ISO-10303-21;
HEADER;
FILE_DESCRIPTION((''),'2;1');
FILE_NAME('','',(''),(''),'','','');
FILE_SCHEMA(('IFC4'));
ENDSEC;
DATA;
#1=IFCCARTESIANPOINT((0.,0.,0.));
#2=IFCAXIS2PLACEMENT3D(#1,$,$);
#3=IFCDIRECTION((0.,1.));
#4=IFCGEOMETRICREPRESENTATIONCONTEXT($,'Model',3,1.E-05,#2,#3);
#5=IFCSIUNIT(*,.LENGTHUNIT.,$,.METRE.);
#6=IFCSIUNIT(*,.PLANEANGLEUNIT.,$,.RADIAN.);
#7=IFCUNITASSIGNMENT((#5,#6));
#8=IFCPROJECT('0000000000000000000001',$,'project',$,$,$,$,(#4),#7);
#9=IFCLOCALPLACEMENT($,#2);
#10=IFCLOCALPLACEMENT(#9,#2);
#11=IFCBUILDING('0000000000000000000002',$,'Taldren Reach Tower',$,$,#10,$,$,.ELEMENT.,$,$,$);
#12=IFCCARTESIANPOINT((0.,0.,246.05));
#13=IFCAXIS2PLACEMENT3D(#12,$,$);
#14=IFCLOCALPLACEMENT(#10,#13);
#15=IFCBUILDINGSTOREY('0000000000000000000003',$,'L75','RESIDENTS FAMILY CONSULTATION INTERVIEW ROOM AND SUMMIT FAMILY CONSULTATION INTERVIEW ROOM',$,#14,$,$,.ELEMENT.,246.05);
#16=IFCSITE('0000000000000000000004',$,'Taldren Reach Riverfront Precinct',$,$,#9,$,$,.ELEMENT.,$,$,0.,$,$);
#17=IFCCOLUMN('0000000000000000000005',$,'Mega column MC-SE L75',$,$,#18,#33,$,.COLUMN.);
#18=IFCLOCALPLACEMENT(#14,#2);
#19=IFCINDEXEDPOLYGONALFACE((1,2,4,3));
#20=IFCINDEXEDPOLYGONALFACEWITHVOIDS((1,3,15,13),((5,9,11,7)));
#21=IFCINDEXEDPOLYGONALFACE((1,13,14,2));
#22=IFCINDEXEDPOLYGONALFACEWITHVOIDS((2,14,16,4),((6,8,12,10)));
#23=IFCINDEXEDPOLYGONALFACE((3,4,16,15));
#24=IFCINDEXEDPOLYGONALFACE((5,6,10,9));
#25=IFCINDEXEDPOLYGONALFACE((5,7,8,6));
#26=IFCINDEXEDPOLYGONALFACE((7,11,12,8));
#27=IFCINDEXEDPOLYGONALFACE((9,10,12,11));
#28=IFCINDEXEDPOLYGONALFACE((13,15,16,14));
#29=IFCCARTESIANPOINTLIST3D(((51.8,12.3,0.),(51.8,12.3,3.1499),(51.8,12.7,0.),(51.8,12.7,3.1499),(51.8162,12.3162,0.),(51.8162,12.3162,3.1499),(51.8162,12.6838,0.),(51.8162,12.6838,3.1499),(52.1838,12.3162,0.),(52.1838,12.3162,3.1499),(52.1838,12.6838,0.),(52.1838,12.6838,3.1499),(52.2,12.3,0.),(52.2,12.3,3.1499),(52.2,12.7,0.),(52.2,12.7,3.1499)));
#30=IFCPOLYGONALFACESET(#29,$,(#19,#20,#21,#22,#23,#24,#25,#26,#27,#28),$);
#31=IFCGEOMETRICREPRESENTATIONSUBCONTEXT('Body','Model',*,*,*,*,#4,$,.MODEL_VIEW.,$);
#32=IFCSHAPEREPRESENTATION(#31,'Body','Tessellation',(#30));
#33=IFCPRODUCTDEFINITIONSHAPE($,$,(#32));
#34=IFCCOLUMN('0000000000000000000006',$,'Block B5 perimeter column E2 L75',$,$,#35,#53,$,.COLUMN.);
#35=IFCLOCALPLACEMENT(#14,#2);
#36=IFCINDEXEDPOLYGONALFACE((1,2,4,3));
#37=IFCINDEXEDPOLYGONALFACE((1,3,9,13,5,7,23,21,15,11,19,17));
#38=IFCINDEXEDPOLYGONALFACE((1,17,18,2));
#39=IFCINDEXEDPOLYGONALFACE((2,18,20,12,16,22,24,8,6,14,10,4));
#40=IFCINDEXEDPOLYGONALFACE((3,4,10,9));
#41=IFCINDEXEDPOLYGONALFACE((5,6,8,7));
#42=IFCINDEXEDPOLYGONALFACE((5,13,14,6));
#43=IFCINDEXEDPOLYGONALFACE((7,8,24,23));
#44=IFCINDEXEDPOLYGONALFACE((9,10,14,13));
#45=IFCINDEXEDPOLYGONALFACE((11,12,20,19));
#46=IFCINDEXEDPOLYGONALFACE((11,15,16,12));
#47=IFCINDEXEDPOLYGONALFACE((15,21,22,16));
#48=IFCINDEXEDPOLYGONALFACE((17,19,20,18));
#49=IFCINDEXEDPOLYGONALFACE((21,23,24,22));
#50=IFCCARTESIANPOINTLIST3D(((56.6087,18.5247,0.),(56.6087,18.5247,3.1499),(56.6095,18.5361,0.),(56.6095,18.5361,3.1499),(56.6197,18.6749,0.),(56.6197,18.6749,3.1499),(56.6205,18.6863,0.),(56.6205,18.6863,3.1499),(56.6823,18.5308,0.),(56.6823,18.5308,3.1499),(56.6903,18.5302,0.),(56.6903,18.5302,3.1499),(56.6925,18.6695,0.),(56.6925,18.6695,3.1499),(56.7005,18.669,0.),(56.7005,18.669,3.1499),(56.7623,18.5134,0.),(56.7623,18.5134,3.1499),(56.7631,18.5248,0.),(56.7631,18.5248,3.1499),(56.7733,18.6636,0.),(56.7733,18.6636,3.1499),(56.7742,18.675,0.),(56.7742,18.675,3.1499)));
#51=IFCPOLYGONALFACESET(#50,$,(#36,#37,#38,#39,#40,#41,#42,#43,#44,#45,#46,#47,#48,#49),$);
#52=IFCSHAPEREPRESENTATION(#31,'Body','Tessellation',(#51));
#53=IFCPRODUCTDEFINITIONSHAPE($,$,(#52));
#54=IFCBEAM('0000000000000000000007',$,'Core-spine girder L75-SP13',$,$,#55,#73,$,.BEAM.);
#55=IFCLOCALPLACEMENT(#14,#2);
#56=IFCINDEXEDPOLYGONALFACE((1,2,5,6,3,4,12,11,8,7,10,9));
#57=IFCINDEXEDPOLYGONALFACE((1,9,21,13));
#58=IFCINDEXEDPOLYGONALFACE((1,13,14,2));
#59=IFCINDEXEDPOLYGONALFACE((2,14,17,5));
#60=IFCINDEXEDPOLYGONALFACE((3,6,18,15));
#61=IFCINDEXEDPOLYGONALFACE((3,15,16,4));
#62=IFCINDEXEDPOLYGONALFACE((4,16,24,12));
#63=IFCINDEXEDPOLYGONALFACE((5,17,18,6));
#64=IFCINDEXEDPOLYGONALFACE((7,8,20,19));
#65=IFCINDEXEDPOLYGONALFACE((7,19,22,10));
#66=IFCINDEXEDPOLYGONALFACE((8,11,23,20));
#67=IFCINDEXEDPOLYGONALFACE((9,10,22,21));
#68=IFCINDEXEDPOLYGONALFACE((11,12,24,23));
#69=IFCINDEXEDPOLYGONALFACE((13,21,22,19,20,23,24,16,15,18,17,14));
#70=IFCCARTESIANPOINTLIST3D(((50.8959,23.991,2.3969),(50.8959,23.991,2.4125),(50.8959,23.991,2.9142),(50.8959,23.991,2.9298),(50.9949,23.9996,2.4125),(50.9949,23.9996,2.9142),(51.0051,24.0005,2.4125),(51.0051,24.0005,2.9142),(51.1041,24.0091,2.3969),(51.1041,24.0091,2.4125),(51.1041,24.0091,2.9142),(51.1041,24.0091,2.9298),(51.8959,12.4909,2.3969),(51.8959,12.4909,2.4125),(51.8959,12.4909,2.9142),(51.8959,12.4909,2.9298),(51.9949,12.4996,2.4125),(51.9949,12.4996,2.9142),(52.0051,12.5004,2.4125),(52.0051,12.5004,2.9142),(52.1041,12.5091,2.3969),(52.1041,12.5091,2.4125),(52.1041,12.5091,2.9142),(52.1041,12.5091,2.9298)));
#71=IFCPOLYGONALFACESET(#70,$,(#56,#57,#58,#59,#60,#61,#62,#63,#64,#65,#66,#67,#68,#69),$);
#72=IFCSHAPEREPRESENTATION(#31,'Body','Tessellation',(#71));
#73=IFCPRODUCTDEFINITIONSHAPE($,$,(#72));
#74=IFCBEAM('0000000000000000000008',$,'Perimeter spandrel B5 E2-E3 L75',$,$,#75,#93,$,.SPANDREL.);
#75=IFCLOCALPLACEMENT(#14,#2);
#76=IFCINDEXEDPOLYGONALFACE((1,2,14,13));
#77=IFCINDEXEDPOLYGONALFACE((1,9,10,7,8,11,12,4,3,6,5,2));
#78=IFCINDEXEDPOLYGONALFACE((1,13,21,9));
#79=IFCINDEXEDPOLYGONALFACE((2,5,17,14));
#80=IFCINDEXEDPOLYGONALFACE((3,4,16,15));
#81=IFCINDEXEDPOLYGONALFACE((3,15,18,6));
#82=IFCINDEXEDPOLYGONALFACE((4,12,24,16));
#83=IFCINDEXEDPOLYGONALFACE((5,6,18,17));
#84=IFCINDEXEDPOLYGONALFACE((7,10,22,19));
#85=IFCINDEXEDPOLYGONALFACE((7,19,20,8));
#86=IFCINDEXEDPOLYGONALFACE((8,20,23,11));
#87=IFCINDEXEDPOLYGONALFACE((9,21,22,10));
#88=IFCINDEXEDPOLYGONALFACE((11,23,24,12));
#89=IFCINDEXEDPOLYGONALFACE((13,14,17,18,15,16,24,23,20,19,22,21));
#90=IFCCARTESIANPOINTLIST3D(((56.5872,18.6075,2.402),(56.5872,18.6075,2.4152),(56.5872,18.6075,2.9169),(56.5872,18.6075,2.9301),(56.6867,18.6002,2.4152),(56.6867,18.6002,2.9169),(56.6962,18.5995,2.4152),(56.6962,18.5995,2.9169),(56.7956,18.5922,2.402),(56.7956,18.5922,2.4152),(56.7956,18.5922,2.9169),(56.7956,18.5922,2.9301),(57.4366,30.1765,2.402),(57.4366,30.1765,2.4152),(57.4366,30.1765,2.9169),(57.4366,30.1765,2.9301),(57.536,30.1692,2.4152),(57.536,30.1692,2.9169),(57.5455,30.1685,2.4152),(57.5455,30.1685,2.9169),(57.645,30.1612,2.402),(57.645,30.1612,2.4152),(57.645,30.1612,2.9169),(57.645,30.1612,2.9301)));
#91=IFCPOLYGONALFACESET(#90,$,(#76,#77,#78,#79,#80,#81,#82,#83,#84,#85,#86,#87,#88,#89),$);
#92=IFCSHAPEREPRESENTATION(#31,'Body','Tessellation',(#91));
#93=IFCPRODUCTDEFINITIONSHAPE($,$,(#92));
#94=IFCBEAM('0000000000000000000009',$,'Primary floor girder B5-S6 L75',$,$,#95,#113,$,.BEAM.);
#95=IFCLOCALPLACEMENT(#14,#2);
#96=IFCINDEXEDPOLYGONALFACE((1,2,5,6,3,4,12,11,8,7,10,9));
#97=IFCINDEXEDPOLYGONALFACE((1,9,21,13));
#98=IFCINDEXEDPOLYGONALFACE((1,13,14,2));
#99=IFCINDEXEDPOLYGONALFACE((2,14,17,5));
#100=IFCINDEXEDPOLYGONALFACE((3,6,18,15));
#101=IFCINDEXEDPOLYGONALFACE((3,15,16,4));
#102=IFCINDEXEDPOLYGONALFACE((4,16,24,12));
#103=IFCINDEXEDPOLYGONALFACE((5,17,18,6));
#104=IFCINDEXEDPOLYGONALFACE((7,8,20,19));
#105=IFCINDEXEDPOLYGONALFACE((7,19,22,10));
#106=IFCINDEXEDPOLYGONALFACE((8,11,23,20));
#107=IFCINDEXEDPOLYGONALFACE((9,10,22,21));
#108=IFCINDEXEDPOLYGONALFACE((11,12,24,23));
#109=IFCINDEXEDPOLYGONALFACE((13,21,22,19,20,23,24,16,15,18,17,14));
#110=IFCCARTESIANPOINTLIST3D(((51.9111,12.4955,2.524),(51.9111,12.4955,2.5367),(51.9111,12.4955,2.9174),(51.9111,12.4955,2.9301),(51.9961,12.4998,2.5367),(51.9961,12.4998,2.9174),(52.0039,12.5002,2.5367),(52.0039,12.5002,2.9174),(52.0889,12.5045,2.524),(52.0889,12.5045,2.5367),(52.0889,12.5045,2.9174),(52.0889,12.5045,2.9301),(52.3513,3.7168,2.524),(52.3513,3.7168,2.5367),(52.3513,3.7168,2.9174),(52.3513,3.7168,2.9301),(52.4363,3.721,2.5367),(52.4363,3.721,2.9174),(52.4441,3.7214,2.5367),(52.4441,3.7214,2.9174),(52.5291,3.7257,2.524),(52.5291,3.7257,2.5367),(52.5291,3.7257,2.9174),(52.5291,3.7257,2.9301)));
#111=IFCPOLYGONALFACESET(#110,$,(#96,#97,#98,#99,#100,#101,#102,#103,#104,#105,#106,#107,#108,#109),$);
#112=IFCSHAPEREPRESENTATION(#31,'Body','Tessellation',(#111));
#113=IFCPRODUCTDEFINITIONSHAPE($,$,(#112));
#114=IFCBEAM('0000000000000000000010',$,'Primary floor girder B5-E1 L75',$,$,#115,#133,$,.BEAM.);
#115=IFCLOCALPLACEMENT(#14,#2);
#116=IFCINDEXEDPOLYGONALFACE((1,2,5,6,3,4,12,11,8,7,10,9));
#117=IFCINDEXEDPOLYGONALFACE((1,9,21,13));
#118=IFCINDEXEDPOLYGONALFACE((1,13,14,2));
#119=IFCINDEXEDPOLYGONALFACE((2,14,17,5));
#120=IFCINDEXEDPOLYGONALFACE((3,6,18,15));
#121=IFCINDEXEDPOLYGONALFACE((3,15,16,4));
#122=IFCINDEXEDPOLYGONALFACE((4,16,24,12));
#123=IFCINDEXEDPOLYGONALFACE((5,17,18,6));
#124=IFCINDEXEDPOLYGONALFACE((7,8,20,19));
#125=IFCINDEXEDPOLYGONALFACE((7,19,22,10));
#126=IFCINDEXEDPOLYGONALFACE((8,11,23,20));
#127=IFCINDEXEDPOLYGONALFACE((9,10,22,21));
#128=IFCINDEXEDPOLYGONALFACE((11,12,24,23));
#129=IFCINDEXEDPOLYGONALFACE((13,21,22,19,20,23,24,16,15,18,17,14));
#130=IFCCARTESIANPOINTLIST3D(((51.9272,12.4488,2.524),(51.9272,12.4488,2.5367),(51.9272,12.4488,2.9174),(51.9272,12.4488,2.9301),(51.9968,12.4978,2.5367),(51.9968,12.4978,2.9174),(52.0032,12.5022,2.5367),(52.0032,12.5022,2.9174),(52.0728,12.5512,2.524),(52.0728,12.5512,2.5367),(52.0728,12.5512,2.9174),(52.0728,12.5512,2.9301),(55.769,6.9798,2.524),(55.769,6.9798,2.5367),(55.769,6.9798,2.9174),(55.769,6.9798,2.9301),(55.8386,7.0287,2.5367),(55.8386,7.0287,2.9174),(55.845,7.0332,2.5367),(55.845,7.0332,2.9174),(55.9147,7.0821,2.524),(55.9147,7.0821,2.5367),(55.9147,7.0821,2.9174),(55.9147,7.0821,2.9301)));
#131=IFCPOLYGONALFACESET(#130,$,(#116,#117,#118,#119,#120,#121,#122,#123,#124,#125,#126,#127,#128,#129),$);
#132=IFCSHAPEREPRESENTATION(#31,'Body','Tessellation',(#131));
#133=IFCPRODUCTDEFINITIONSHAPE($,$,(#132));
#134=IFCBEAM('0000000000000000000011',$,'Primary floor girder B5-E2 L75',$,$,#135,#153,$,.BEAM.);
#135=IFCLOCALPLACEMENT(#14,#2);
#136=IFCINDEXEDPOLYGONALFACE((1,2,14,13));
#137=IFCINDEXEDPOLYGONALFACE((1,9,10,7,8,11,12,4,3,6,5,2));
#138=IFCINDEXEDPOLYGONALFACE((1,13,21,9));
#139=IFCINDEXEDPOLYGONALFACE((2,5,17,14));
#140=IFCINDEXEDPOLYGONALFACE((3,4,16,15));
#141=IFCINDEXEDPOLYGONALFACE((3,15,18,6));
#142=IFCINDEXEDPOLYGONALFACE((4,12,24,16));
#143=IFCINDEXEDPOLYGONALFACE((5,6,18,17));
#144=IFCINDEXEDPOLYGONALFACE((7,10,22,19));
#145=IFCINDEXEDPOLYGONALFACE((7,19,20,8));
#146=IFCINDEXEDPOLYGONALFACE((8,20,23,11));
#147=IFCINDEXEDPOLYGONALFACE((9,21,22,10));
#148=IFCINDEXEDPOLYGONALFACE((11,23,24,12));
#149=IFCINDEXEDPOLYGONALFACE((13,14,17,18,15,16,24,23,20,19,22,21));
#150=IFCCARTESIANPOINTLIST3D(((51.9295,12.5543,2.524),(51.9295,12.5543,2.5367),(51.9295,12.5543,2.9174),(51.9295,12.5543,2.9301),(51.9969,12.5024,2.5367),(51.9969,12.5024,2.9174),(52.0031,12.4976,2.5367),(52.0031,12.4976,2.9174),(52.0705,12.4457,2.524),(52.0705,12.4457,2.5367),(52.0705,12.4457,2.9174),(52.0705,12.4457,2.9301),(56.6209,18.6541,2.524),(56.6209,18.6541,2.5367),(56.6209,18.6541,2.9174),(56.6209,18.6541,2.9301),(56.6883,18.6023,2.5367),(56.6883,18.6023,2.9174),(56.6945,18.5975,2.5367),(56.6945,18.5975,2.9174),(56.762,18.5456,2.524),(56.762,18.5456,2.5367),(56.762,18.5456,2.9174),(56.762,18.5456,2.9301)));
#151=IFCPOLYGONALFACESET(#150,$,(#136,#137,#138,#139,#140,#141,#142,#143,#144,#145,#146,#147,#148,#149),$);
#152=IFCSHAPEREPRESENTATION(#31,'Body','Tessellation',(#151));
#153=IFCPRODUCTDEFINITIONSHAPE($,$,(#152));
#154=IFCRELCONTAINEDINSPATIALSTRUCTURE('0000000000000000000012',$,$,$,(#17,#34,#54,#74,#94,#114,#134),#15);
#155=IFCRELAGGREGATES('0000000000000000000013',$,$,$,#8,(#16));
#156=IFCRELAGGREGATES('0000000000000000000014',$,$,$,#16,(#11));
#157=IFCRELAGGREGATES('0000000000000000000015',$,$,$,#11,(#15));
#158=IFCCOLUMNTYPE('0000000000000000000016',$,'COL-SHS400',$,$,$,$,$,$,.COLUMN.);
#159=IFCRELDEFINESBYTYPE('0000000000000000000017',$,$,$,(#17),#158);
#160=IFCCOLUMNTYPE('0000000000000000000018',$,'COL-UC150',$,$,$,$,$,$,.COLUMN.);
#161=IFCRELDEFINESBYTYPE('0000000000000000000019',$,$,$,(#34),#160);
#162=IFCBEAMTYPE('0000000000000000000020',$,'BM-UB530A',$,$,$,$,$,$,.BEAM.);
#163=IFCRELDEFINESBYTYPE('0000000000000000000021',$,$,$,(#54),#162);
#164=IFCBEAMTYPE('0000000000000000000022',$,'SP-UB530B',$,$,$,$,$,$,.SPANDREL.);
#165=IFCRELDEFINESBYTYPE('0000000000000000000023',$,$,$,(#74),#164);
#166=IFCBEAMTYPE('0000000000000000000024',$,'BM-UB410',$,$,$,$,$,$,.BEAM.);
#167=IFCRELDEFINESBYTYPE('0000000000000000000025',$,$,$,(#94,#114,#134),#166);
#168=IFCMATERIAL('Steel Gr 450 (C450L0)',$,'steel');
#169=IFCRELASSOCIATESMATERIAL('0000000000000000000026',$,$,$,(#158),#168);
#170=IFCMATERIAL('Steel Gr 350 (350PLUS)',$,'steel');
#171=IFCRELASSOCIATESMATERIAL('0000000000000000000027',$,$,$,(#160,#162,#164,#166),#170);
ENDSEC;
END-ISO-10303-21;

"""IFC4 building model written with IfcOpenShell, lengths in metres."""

from ifc_helpers import new_model, si_unit, direction, frame, origin, origin_2d, place, context, subcontext, project, spatial, hollow_rectangle, i_section, extrude, source, transform, mapped, material, material_profile, profile_set, type_object, element, save


model = new_model("IFC4")

# Units and contexts
model_context = context("Model", 3, precision=1e-05, world=origin(), true_north=direction((0.0, 1.0)))
body_context = subcontext(model_context, "Body", "Model", "MODEL_VIEW")
ifc_project = project(units=[si_unit("LENGTHUNIT", "METRE"), si_unit("PLANEANGLEUNIT", "RADIAN")], contexts=[model_context])

# Site, building, storey
site_placement = place(None, origin())
site = spatial("IfcSite", under=ifc_project, at=site_placement, Name="Taldren Reach Riverfront Precinct", CompositionType="ELEMENT", RefElevation=0.0)
building_placement = place(site_placement, origin())
building = spatial("IfcBuilding", under=site, at=building_placement, Name="Taldren Reach Tower", CompositionType="ELEMENT")
storey_placement = place(building_placement, frame((0.0, 0.0, 246.05)))
storey = spatial("IfcBuildingStorey", under=building, at=storey_placement, Name="L75", Description="RESIDENTS FAMILY CONSULTATION INTERVIEW ROOM AND SUMMIT FAMILY CONSULTATION INTERVIEW ROOM", CompositionType="ELEMENT", Elevation=246.05)

# Columns
ifc_material_1 = material(Name="Steel Gr 450 (C450L0)", Category="steel")
ifc_material_profile_1 = material_profile(ifc_material_1, hollow_rectangle(XDim=0.3999, YDim=0.3999, WallThickness=0.0161, at=origin_2d()), Name="400x400x16.0SHS")
ifc_profile_set_1 = profile_set([ifc_material_profile_1], Name="Steel Gr 450 (C450L0)")
column_type_1 = type_object("IfcColumnType", Name="COL-SHS400", PredefinedType="COLUMN", material=ifc_profile_set_1)
shared_shape_1 = source(origin(), body_context, "Body", "SweptSolid", [
    extrude(hollow_rectangle(XDim=0.3999, YDim=0.3999, WallThickness=0.0161, at=origin_2d()), origin(), (0.0, 0.0, 1.0), 3.1499),
])
column_1_placement = place(storey_placement, frame((52.0, 12.5, 0.0), z_axis=(0.0, 0.0, 1.0), x_axis=(1.0, 0.0, 0.0)))
element("IfcColumn", 1, at=column_1_placement, inside=storey, type_object=column_type_1, Name="Mega column MC-SE L75", PredefinedType="COLUMN", context=body_context, shape_type="MappedRepresentation", body=[
    mapped(shared_shape_1, transform((0.0, 0.0, 0.0), scale=1.0)),
])
ifc_material_2 = material(Name="Steel Gr 350 (350PLUS)", Category="steel")
ifc_material_profile_2 = material_profile(ifc_material_2, i_section(OverallWidth=0.1541, OverallDepth=0.1621, WebThickness=0.0081, FlangeThickness=0.0115, at=origin_2d()), Name="150UC37.2")
ifc_profile_set_2 = profile_set([ifc_material_profile_2], Name="Steel Gr 350 (350PLUS)")
column_type_2 = type_object("IfcColumnType", Name="COL-UC150", PredefinedType="COLUMN", material=ifc_profile_set_2)
shared_shape_2 = source(origin(), body_context, "Body", "SweptSolid", [
    extrude(i_section(OverallWidth=0.1541, OverallDepth=0.1621, WebThickness=0.0081, FlangeThickness=0.0115, at=origin_2d()), origin(), (0.0, 0.0, 1.0), 3.1499),
])
column_2_placement = place(storey_placement, frame((56.6914, 18.5999, 0.0), z_axis=(0.0, 0.0, 1.0), x_axis=(0.997314, -0.073238, 0.0)))
element("IfcColumn", 2, at=column_2_placement, inside=storey, type_object=column_type_2, Name="Block B5 perimeter column E2 L75", PredefinedType="COLUMN", context=body_context, shape_type="MappedRepresentation", body=[
    mapped(shared_shape_2, transform((0.0, 0.0, 0.0), scale=1.0)),
])

# Beams
ifc_material_profile_3 = material_profile(ifc_material_2, i_section(OverallWidth=0.209, OverallDepth=0.533, WebThickness=0.0103, FlangeThickness=0.0156, at=origin_2d()), Name="530UB92.4")
ifc_profile_set_3 = profile_set([ifc_material_profile_3], Name="Steel Gr 350 (350PLUS)")
beam_type_1 = type_object("IfcBeamType", Name="BM-UB530A", PredefinedType="BEAM", material=ifc_profile_set_3)
shared_shape_3 = source(origin(), body_context, "Body", "SweptSolid", [
    extrude(i_section(OverallWidth=0.209, OverallDepth=0.533, WebThickness=0.0103, FlangeThickness=0.0156, at=origin_2d()), origin(), (0.0, 0.0, 1.0), 11.5435),
])
beam_1_placement = place(storey_placement, frame((52.0, 12.5, 2.6633), z_axis=(-0.08663, 0.996241, 0.0), x_axis=(-0.996241, -0.08663, 0.0)))
element("IfcBeam", 3, at=beam_1_placement, inside=storey, type_object=beam_type_1, Name="Core-spine girder L75-SP13", PredefinedType="BEAM", context=body_context, shape_type="MappedRepresentation", body=[
    mapped(shared_shape_3, transform((0.0, 0.0, 0.0), scale=1.0)),
])
ifc_material_profile_4 = material_profile(ifc_material_2, i_section(OverallWidth=0.209, OverallDepth=0.5281, WebThickness=0.0095, FlangeThickness=0.0132, at=origin_2d()), Name="530UB82.0")
ifc_profile_set_4 = profile_set([ifc_material_profile_4], Name="Steel Gr 350 (350PLUS)")
beam_type_2 = type_object("IfcBeamType", Name="SP-UB530B", PredefinedType="SPANDREL", material=ifc_profile_set_4)
shared_shape_4 = source(origin(), body_context, "Body", "SweptSolid", [
    extrude(i_section(OverallWidth=0.209, OverallDepth=0.5281, WebThickness=0.0095, FlangeThickness=0.0132, at=origin_2d()), origin(), (0.0, 0.0, 1.0), 11.6001),
])
beam_2_placement = place(storey_placement, frame((56.6914, 18.5999, 2.666), z_axis=(0.073221, 0.997316, 0.0), x_axis=(-0.997316, 0.073221, 0.0)))
element("IfcBeam", 4, at=beam_2_placement, inside=storey, type_object=beam_type_2, Name="Perimeter spandrel B5 E2-E3 L75", PredefinedType="SPANDREL", context=body_context, shape_type="MappedRepresentation", body=[
    mapped(shared_shape_4, transform((0.0, 0.0, 0.0), scale=1.0)),
])
ifc_material_profile_5 = material_profile(ifc_material_2, i_section(OverallWidth=0.178, OverallDepth=0.406, WebThickness=0.0078, FlangeThickness=0.0127, at=origin_2d()), Name="410UB59.7")
ifc_profile_set_5 = profile_set([ifc_material_profile_5], Name="Steel Gr 350 (350PLUS)")
beam_type_3 = type_object("IfcBeamType", Name="BM-UB410", PredefinedType="BEAM", material=ifc_profile_set_5)
shared_shape_5 = source(origin(), body_context, "Body", "SweptSolid", [
    extrude(i_section(OverallWidth=0.178, OverallDepth=0.406, WebThickness=0.0078, FlangeThickness=0.0127, at=origin_2d()), origin(), (0.0, 0.0, 1.0), 8.7898),
])
beam_3_placement = place(storey_placement, frame((52.0, 12.5, 2.7271), z_axis=(0.050079, -0.998745, 0.0), x_axis=(0.998745, 0.050079, 0.0)))
element("IfcBeam", 5, at=beam_3_placement, inside=storey, type_object=beam_type_3, Name="Primary floor girder B5-S6 L75", PredefinedType="BEAM", context=body_context, shape_type="MappedRepresentation", body=[
    mapped(shared_shape_5, transform((0.0, 0.0, 0.0), scale=1.0)),
])
shared_shape_6 = source(origin(), body_context, "Body", "SweptSolid", [
    extrude(i_section(OverallWidth=0.178, OverallDepth=0.406, WebThickness=0.0078, FlangeThickness=0.0127, at=origin_2d()), origin(), (0.0, 0.0, 1.0), 6.6836),
])
beam_4_placement = place(storey_placement, frame((52.0, 12.5, 2.7271), z_axis=(0.574817, -0.818282, 0.0), x_axis=(0.818282, 0.574817, 0.0)))
element("IfcBeam", 6, at=beam_4_placement, inside=storey, type_object=beam_type_3, Name="Primary floor girder B5-E1 L75", PredefinedType="BEAM", context=body_context, shape_type="MappedRepresentation", body=[
    mapped(shared_shape_6, transform((0.0, 0.0, 0.0), scale=1.0)),
])
shared_shape_7 = source(origin(), body_context, "Body", "SweptSolid", [
    extrude(i_section(OverallWidth=0.178, OverallDepth=0.406, WebThickness=0.0078, FlangeThickness=0.0127, at=origin_2d()), origin(), (0.0, 0.0, 1.0), 7.6953),
])
beam_5_placement = place(storey_placement, frame((52.0, 12.5, 2.7271), z_axis=(0.609646, 0.792674, 0.0), x_axis=(-0.792674, 0.609646, 0.0)))
element("IfcBeam", 7, at=beam_5_placement, inside=storey, type_object=beam_type_3, Name="Primary floor girder B5-E2 L75", PredefinedType="BEAM", context=body_context, shape_type="MappedRepresentation", body=[
    mapped(shared_shape_7, transform((0.0, 0.0, 0.0), scale=1.0)),
])

save(model, "model.ifc")
